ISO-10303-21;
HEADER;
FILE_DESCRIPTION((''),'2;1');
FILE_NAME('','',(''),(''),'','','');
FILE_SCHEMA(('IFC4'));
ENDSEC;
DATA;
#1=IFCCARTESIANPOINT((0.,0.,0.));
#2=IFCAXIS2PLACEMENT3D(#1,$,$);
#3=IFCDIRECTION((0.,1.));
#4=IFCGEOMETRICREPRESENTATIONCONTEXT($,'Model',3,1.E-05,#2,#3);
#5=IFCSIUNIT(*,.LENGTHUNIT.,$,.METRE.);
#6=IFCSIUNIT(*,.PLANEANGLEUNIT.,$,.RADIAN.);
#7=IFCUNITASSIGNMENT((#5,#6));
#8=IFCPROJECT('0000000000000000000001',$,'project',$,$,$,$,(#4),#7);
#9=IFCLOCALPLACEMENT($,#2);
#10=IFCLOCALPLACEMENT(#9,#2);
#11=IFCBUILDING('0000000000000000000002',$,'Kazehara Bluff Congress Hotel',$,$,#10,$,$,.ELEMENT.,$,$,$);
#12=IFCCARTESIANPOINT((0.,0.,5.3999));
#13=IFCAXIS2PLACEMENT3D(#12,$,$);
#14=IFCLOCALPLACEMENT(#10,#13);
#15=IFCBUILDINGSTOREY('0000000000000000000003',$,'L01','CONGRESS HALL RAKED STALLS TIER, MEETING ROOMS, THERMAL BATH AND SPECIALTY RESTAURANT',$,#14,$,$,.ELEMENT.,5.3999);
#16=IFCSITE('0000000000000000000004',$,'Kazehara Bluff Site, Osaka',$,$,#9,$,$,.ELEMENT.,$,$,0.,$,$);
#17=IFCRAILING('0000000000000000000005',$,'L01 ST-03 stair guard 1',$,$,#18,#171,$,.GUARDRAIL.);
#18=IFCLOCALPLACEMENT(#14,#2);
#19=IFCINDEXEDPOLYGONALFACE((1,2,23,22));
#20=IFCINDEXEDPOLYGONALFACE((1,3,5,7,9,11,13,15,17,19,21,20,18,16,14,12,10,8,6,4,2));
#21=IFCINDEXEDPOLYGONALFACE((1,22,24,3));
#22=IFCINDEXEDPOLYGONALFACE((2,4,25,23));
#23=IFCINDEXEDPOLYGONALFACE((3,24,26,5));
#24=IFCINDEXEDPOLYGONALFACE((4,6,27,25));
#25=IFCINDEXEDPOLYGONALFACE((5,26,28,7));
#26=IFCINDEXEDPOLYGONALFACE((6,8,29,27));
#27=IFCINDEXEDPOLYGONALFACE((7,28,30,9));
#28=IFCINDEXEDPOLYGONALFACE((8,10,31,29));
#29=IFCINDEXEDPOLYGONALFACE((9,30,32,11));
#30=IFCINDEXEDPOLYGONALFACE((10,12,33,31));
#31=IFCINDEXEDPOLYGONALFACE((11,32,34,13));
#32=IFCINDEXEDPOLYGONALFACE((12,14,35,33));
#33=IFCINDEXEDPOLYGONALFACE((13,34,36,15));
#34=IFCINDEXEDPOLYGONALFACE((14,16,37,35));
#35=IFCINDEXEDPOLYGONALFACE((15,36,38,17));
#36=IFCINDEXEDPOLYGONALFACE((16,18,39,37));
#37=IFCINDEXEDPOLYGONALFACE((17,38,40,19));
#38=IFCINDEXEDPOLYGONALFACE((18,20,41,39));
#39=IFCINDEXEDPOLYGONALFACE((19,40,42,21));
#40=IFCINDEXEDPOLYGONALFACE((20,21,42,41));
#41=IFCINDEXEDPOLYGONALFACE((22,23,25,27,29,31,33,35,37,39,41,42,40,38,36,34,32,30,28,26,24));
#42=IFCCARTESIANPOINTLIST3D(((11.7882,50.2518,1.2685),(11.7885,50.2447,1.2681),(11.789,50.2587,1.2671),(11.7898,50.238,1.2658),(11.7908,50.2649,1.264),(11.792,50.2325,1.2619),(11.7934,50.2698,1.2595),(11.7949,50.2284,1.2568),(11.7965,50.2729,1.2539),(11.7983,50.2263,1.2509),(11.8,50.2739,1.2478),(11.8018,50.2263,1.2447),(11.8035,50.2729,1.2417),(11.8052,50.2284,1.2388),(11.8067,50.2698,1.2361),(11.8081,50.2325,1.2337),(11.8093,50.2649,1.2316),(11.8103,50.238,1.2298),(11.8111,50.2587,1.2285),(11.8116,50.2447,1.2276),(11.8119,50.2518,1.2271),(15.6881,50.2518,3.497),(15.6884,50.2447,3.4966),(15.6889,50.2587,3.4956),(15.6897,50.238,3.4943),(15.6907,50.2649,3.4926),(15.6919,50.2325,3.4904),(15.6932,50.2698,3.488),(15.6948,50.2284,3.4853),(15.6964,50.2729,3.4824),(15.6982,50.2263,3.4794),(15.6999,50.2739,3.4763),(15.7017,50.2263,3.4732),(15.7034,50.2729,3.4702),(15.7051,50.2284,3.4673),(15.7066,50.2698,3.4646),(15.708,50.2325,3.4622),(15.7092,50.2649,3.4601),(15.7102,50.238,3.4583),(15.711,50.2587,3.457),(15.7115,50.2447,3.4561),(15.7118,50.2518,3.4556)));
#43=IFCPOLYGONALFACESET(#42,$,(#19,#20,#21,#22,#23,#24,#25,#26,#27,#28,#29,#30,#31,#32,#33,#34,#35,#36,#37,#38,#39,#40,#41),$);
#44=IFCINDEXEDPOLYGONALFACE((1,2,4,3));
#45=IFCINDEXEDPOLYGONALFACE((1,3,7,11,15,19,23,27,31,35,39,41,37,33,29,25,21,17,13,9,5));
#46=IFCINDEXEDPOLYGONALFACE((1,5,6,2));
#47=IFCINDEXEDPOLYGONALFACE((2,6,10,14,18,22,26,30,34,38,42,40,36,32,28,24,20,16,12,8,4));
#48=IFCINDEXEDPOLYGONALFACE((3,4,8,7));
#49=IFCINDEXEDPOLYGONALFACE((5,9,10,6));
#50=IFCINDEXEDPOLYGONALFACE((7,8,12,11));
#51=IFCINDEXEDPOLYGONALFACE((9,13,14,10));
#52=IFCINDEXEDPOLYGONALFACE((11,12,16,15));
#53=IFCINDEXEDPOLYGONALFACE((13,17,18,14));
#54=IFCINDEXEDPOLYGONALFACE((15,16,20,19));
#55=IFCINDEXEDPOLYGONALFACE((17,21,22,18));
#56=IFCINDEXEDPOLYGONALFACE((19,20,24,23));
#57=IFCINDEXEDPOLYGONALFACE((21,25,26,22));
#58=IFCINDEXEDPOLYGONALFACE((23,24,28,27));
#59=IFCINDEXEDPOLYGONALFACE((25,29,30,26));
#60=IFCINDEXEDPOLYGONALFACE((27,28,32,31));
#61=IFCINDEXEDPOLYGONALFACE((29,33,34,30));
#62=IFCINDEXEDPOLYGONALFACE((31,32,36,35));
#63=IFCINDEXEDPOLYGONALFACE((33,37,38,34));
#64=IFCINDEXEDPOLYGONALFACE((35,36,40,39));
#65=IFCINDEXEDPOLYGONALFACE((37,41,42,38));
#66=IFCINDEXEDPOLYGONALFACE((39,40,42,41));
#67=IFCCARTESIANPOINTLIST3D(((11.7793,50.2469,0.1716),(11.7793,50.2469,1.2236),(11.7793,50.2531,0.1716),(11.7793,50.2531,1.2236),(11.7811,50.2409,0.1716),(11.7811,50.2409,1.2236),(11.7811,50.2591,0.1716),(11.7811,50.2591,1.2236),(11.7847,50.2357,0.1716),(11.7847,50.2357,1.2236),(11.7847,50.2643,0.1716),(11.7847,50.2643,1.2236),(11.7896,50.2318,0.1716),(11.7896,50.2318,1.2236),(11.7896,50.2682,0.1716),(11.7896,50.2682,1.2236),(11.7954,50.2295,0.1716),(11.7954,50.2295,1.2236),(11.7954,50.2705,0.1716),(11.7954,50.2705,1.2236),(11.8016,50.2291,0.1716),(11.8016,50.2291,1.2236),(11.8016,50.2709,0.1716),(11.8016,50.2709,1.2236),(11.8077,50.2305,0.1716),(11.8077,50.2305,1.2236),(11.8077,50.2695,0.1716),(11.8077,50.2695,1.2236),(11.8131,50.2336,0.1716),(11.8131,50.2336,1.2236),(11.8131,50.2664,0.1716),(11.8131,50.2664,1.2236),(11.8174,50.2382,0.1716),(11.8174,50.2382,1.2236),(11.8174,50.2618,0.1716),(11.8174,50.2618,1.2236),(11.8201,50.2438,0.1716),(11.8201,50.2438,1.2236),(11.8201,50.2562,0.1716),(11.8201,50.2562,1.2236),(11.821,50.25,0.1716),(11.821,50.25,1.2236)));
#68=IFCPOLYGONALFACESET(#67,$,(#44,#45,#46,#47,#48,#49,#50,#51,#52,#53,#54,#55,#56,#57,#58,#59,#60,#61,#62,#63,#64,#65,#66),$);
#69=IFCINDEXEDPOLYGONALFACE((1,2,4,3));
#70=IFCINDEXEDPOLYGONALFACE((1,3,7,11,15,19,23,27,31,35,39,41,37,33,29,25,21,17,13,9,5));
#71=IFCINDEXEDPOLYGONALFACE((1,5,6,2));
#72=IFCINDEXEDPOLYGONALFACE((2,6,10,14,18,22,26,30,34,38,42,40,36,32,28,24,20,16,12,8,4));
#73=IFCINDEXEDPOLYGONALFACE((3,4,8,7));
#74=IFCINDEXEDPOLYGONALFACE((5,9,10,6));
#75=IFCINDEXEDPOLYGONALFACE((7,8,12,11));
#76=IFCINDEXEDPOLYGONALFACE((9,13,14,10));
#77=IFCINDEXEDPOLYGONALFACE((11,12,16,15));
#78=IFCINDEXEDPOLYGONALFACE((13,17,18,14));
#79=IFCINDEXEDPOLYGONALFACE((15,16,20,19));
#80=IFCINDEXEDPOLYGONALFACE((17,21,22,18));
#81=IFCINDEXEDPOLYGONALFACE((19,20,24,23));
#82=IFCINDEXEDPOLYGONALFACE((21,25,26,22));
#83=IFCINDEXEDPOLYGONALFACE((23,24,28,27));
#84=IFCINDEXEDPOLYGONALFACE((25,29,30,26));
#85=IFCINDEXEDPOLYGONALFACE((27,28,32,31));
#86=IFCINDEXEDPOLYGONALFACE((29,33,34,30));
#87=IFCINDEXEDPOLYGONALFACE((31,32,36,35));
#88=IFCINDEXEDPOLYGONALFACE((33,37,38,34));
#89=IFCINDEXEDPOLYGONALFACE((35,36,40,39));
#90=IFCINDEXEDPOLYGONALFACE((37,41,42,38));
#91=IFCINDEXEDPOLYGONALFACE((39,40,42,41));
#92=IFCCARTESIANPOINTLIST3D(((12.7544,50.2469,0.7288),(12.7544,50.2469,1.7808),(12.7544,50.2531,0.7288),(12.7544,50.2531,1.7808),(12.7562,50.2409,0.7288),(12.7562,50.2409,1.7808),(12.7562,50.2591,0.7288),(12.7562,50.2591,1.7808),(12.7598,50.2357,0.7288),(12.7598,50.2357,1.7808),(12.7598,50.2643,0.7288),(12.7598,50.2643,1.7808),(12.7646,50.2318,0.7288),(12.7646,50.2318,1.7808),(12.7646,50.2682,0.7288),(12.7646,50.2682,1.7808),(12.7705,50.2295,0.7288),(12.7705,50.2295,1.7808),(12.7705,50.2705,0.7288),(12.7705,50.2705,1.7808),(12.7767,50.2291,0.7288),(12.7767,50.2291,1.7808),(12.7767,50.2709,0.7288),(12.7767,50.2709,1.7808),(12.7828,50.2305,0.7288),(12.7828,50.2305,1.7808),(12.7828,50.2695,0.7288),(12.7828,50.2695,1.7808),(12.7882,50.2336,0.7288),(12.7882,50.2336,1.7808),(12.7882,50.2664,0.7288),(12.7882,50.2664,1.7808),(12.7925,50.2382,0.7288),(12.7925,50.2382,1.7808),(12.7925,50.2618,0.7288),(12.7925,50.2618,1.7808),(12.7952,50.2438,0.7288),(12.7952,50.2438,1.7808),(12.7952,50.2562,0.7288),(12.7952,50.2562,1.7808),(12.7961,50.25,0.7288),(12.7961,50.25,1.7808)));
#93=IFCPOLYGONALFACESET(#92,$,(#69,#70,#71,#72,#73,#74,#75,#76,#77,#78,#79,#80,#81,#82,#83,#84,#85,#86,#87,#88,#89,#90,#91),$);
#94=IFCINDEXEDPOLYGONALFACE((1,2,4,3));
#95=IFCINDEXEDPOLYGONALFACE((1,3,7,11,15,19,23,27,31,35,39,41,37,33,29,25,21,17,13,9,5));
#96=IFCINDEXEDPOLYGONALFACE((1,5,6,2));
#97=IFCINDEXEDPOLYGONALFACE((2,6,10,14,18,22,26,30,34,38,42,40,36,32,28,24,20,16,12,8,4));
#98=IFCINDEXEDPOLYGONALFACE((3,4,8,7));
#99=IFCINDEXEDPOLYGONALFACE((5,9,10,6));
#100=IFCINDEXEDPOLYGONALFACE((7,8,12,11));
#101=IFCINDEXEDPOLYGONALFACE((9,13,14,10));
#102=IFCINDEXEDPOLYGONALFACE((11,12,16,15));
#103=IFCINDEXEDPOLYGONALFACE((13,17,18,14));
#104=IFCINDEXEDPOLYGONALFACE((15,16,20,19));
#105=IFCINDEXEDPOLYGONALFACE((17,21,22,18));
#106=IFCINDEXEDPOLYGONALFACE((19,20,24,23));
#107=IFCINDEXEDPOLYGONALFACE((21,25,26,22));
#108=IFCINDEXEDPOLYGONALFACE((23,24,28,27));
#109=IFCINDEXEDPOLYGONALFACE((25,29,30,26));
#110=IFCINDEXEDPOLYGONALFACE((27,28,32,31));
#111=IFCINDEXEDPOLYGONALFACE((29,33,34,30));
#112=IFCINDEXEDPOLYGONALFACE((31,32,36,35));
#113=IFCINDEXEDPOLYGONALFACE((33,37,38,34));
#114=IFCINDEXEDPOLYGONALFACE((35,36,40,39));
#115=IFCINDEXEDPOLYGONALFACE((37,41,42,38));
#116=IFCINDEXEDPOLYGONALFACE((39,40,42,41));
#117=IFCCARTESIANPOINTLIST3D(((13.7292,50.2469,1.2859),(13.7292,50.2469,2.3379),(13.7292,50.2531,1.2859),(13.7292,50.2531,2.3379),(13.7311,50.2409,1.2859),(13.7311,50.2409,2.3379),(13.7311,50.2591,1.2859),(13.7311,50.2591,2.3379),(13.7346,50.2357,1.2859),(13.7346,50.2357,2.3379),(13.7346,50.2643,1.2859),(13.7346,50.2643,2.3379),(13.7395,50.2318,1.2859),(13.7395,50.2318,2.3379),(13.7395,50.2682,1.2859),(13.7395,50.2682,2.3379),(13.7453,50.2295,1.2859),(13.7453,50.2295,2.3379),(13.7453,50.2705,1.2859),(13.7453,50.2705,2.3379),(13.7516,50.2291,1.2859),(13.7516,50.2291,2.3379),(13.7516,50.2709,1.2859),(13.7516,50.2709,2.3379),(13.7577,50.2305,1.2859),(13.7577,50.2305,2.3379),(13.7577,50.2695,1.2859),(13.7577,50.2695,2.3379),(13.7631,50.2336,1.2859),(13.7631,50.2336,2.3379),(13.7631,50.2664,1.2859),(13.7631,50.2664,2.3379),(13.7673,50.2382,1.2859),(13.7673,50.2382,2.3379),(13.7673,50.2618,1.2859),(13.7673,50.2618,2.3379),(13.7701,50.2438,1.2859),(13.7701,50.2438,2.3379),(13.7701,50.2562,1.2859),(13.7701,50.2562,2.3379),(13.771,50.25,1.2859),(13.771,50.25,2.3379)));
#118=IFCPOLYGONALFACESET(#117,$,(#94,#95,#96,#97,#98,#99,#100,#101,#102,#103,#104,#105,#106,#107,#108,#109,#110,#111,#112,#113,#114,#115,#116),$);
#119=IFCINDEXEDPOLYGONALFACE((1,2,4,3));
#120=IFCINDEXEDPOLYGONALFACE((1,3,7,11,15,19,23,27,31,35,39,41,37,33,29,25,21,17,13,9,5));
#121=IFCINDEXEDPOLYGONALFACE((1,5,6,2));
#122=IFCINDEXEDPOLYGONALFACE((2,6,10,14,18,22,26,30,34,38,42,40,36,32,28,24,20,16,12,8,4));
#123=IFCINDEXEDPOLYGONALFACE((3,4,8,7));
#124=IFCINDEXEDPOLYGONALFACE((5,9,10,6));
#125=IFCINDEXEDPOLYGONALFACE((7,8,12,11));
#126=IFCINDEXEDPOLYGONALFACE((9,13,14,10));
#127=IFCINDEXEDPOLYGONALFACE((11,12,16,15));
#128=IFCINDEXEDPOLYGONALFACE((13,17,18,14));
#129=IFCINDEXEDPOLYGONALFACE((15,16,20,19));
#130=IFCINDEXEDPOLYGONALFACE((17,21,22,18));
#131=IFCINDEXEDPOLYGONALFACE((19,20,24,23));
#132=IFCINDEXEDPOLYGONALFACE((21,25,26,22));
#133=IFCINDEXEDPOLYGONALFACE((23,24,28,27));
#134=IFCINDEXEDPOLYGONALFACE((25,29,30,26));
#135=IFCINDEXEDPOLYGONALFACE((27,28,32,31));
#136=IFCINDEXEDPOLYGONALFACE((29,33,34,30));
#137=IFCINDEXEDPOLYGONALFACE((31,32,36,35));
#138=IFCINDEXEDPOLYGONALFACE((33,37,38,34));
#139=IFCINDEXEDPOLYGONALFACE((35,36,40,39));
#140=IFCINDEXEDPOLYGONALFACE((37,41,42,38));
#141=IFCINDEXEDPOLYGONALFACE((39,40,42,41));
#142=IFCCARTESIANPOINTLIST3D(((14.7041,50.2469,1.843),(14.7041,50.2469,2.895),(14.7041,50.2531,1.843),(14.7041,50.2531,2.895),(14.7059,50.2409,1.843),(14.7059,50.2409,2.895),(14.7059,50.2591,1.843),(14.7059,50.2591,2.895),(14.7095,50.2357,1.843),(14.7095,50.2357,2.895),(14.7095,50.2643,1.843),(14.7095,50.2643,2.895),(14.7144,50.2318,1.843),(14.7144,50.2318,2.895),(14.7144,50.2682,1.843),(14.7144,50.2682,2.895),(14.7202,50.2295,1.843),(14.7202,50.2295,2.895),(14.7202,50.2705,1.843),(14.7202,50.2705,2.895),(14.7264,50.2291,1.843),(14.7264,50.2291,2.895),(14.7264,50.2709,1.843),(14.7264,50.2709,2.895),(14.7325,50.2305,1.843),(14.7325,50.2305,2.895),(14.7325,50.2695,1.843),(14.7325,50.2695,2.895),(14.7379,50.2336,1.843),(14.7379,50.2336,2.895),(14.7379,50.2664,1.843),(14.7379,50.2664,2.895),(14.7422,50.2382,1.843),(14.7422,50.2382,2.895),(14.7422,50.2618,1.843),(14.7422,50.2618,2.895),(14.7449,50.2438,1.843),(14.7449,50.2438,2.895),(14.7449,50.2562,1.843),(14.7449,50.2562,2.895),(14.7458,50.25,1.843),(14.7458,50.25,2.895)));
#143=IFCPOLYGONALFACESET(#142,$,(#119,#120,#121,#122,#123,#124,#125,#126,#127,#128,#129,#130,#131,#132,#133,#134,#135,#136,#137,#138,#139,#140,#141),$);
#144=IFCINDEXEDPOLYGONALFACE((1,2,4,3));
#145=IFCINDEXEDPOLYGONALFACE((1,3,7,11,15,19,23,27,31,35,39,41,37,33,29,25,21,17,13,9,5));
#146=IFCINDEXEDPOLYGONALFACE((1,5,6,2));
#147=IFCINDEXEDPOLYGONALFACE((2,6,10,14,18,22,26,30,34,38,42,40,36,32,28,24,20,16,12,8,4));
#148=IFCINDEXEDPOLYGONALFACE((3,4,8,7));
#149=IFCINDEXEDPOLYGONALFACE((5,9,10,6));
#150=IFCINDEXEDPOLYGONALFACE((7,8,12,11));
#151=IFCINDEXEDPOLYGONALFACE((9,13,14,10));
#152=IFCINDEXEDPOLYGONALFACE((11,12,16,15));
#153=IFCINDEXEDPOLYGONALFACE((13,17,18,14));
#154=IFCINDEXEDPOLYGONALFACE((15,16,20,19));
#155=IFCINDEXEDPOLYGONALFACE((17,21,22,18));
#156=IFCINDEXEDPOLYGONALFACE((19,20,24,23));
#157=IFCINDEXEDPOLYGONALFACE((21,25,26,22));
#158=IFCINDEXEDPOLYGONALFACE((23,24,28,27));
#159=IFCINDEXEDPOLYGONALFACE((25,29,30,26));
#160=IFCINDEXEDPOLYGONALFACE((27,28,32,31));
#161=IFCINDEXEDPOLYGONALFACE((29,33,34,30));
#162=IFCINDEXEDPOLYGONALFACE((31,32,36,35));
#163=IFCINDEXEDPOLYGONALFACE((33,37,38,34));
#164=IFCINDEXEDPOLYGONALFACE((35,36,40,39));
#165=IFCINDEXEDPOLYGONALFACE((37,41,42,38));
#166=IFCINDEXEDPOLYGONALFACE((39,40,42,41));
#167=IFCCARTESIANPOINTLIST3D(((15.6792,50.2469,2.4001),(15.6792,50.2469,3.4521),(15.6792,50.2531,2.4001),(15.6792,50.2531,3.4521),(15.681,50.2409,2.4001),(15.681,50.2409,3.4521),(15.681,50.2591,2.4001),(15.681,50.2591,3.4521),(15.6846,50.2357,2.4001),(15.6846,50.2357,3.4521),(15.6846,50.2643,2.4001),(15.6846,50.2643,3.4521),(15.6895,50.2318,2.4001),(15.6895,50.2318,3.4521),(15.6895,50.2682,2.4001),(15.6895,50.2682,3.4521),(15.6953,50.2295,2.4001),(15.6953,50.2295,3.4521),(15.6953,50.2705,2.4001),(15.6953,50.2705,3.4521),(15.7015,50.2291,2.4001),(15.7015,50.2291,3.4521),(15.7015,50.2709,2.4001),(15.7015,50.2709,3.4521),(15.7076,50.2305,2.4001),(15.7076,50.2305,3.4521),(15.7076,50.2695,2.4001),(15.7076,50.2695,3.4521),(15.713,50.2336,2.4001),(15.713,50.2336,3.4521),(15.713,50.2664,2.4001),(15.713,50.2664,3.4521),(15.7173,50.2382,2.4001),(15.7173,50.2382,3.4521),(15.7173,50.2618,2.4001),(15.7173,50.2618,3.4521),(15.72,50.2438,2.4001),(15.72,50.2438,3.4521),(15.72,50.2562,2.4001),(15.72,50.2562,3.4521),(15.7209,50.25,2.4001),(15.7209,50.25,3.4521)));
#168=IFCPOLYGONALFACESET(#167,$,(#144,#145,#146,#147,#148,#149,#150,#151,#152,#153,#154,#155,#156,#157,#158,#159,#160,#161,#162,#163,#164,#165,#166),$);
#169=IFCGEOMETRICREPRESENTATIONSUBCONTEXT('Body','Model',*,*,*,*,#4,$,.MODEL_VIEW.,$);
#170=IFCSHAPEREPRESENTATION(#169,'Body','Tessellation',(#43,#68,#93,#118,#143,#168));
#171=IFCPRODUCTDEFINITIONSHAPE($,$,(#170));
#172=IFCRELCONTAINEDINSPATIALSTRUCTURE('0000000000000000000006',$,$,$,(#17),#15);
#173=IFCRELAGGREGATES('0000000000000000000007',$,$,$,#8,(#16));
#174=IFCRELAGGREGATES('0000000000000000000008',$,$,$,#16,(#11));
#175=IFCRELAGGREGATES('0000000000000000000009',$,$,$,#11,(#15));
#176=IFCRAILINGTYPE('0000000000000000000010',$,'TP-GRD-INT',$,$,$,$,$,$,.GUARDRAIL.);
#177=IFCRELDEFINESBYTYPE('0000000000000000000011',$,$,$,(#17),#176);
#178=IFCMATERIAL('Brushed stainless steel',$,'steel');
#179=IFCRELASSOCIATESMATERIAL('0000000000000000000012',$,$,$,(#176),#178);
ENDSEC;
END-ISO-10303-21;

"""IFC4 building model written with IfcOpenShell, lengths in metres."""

from ifc_helpers import new_model, si_unit, direction, frame, origin, origin_2d, place, context, subcontext, project, spatial, circle, extrude, material, type_object, element, save


model = new_model("IFC4")

# Units and contexts
model_context = context("Model", 3, precision=1e-05, world=origin(), true_north=direction((0.0, 1.0)))
body_context = subcontext(model_context, "Body", "Model", "MODEL_VIEW")
ifc_project = project(units=[si_unit("LENGTHUNIT", "METRE"), si_unit("PLANEANGLEUNIT", "RADIAN")], contexts=[model_context])

# Site, building, storey
site_placement = place(None, origin())
site = spatial("IfcSite", under=ifc_project, at=site_placement, Name="Kazehara Bluff Site, Osaka", CompositionType="ELEMENT", RefElevation=0.0)
building_placement = place(site_placement, origin())
building = spatial("IfcBuilding", under=site, at=building_placement, Name="Kazehara Bluff Congress Hotel", CompositionType="ELEMENT")
storey_placement = place(building_placement, frame((0.0, 0.0, 5.3999)))
storey = spatial("IfcBuildingStorey", under=building, at=storey_placement, Name="L01", Description="CONGRESS HALL RAKED STALLS TIER, MEETING ROOMS, THERMAL BATH AND SPECIALTY RESTAURANT", CompositionType="ELEMENT", Elevation=5.3999)

# Railing
ifc_material_1 = material(Name="Brushed stainless steel", Category="steel")
railing_type_1 = type_object("IfcRailingType", Name="TP-GRD-INT", PredefinedType="GUARDRAIL", material=ifc_material_1)
railing_1_placement = place(storey_placement, frame((11.8, 50.25, 0.1716)))
element("IfcRailing", 1, at=railing_1_placement, inside=storey, type_object=railing_type_1, Name="L01 ST-03 stair guard 1", PredefinedType="GUARDRAIL", context=body_context, shape_type="SweptSolid", body=[
    extrude(circle(Radius=0.0239, at=origin_2d()), frame((0.0, 0.0, 1.0762), z_axis=(0.868243, 0.0, 0.496139), x_axis=(0.0, 1.0, 0.0)), (0.0, 0.0, 1.0), 4.4917),
    extrude(circle(Radius=0.021, at=origin_2d()), origin(), (0.0, 0.0, 1.0), 1.052),
    extrude(circle(Radius=0.021, at=origin_2d()), frame((0.9751, 0.0, 0.5571)), (0.0, 0.0, 1.0), 1.052),
    extrude(circle(Radius=0.021, at=origin_2d()), frame((1.95, 0.0, 1.1143)), (0.0, 0.0, 1.0), 1.052),
    extrude(circle(Radius=0.021, at=origin_2d()), frame((2.9248, 0.0, 1.6714)), (0.0, 0.0, 1.0), 1.052),
    extrude(circle(Radius=0.021, at=origin_2d()), frame((3.8999, 0.0, 2.2285)), (0.0, 0.0, 1.0), 1.052),
])

save(model, "model.ifc")
